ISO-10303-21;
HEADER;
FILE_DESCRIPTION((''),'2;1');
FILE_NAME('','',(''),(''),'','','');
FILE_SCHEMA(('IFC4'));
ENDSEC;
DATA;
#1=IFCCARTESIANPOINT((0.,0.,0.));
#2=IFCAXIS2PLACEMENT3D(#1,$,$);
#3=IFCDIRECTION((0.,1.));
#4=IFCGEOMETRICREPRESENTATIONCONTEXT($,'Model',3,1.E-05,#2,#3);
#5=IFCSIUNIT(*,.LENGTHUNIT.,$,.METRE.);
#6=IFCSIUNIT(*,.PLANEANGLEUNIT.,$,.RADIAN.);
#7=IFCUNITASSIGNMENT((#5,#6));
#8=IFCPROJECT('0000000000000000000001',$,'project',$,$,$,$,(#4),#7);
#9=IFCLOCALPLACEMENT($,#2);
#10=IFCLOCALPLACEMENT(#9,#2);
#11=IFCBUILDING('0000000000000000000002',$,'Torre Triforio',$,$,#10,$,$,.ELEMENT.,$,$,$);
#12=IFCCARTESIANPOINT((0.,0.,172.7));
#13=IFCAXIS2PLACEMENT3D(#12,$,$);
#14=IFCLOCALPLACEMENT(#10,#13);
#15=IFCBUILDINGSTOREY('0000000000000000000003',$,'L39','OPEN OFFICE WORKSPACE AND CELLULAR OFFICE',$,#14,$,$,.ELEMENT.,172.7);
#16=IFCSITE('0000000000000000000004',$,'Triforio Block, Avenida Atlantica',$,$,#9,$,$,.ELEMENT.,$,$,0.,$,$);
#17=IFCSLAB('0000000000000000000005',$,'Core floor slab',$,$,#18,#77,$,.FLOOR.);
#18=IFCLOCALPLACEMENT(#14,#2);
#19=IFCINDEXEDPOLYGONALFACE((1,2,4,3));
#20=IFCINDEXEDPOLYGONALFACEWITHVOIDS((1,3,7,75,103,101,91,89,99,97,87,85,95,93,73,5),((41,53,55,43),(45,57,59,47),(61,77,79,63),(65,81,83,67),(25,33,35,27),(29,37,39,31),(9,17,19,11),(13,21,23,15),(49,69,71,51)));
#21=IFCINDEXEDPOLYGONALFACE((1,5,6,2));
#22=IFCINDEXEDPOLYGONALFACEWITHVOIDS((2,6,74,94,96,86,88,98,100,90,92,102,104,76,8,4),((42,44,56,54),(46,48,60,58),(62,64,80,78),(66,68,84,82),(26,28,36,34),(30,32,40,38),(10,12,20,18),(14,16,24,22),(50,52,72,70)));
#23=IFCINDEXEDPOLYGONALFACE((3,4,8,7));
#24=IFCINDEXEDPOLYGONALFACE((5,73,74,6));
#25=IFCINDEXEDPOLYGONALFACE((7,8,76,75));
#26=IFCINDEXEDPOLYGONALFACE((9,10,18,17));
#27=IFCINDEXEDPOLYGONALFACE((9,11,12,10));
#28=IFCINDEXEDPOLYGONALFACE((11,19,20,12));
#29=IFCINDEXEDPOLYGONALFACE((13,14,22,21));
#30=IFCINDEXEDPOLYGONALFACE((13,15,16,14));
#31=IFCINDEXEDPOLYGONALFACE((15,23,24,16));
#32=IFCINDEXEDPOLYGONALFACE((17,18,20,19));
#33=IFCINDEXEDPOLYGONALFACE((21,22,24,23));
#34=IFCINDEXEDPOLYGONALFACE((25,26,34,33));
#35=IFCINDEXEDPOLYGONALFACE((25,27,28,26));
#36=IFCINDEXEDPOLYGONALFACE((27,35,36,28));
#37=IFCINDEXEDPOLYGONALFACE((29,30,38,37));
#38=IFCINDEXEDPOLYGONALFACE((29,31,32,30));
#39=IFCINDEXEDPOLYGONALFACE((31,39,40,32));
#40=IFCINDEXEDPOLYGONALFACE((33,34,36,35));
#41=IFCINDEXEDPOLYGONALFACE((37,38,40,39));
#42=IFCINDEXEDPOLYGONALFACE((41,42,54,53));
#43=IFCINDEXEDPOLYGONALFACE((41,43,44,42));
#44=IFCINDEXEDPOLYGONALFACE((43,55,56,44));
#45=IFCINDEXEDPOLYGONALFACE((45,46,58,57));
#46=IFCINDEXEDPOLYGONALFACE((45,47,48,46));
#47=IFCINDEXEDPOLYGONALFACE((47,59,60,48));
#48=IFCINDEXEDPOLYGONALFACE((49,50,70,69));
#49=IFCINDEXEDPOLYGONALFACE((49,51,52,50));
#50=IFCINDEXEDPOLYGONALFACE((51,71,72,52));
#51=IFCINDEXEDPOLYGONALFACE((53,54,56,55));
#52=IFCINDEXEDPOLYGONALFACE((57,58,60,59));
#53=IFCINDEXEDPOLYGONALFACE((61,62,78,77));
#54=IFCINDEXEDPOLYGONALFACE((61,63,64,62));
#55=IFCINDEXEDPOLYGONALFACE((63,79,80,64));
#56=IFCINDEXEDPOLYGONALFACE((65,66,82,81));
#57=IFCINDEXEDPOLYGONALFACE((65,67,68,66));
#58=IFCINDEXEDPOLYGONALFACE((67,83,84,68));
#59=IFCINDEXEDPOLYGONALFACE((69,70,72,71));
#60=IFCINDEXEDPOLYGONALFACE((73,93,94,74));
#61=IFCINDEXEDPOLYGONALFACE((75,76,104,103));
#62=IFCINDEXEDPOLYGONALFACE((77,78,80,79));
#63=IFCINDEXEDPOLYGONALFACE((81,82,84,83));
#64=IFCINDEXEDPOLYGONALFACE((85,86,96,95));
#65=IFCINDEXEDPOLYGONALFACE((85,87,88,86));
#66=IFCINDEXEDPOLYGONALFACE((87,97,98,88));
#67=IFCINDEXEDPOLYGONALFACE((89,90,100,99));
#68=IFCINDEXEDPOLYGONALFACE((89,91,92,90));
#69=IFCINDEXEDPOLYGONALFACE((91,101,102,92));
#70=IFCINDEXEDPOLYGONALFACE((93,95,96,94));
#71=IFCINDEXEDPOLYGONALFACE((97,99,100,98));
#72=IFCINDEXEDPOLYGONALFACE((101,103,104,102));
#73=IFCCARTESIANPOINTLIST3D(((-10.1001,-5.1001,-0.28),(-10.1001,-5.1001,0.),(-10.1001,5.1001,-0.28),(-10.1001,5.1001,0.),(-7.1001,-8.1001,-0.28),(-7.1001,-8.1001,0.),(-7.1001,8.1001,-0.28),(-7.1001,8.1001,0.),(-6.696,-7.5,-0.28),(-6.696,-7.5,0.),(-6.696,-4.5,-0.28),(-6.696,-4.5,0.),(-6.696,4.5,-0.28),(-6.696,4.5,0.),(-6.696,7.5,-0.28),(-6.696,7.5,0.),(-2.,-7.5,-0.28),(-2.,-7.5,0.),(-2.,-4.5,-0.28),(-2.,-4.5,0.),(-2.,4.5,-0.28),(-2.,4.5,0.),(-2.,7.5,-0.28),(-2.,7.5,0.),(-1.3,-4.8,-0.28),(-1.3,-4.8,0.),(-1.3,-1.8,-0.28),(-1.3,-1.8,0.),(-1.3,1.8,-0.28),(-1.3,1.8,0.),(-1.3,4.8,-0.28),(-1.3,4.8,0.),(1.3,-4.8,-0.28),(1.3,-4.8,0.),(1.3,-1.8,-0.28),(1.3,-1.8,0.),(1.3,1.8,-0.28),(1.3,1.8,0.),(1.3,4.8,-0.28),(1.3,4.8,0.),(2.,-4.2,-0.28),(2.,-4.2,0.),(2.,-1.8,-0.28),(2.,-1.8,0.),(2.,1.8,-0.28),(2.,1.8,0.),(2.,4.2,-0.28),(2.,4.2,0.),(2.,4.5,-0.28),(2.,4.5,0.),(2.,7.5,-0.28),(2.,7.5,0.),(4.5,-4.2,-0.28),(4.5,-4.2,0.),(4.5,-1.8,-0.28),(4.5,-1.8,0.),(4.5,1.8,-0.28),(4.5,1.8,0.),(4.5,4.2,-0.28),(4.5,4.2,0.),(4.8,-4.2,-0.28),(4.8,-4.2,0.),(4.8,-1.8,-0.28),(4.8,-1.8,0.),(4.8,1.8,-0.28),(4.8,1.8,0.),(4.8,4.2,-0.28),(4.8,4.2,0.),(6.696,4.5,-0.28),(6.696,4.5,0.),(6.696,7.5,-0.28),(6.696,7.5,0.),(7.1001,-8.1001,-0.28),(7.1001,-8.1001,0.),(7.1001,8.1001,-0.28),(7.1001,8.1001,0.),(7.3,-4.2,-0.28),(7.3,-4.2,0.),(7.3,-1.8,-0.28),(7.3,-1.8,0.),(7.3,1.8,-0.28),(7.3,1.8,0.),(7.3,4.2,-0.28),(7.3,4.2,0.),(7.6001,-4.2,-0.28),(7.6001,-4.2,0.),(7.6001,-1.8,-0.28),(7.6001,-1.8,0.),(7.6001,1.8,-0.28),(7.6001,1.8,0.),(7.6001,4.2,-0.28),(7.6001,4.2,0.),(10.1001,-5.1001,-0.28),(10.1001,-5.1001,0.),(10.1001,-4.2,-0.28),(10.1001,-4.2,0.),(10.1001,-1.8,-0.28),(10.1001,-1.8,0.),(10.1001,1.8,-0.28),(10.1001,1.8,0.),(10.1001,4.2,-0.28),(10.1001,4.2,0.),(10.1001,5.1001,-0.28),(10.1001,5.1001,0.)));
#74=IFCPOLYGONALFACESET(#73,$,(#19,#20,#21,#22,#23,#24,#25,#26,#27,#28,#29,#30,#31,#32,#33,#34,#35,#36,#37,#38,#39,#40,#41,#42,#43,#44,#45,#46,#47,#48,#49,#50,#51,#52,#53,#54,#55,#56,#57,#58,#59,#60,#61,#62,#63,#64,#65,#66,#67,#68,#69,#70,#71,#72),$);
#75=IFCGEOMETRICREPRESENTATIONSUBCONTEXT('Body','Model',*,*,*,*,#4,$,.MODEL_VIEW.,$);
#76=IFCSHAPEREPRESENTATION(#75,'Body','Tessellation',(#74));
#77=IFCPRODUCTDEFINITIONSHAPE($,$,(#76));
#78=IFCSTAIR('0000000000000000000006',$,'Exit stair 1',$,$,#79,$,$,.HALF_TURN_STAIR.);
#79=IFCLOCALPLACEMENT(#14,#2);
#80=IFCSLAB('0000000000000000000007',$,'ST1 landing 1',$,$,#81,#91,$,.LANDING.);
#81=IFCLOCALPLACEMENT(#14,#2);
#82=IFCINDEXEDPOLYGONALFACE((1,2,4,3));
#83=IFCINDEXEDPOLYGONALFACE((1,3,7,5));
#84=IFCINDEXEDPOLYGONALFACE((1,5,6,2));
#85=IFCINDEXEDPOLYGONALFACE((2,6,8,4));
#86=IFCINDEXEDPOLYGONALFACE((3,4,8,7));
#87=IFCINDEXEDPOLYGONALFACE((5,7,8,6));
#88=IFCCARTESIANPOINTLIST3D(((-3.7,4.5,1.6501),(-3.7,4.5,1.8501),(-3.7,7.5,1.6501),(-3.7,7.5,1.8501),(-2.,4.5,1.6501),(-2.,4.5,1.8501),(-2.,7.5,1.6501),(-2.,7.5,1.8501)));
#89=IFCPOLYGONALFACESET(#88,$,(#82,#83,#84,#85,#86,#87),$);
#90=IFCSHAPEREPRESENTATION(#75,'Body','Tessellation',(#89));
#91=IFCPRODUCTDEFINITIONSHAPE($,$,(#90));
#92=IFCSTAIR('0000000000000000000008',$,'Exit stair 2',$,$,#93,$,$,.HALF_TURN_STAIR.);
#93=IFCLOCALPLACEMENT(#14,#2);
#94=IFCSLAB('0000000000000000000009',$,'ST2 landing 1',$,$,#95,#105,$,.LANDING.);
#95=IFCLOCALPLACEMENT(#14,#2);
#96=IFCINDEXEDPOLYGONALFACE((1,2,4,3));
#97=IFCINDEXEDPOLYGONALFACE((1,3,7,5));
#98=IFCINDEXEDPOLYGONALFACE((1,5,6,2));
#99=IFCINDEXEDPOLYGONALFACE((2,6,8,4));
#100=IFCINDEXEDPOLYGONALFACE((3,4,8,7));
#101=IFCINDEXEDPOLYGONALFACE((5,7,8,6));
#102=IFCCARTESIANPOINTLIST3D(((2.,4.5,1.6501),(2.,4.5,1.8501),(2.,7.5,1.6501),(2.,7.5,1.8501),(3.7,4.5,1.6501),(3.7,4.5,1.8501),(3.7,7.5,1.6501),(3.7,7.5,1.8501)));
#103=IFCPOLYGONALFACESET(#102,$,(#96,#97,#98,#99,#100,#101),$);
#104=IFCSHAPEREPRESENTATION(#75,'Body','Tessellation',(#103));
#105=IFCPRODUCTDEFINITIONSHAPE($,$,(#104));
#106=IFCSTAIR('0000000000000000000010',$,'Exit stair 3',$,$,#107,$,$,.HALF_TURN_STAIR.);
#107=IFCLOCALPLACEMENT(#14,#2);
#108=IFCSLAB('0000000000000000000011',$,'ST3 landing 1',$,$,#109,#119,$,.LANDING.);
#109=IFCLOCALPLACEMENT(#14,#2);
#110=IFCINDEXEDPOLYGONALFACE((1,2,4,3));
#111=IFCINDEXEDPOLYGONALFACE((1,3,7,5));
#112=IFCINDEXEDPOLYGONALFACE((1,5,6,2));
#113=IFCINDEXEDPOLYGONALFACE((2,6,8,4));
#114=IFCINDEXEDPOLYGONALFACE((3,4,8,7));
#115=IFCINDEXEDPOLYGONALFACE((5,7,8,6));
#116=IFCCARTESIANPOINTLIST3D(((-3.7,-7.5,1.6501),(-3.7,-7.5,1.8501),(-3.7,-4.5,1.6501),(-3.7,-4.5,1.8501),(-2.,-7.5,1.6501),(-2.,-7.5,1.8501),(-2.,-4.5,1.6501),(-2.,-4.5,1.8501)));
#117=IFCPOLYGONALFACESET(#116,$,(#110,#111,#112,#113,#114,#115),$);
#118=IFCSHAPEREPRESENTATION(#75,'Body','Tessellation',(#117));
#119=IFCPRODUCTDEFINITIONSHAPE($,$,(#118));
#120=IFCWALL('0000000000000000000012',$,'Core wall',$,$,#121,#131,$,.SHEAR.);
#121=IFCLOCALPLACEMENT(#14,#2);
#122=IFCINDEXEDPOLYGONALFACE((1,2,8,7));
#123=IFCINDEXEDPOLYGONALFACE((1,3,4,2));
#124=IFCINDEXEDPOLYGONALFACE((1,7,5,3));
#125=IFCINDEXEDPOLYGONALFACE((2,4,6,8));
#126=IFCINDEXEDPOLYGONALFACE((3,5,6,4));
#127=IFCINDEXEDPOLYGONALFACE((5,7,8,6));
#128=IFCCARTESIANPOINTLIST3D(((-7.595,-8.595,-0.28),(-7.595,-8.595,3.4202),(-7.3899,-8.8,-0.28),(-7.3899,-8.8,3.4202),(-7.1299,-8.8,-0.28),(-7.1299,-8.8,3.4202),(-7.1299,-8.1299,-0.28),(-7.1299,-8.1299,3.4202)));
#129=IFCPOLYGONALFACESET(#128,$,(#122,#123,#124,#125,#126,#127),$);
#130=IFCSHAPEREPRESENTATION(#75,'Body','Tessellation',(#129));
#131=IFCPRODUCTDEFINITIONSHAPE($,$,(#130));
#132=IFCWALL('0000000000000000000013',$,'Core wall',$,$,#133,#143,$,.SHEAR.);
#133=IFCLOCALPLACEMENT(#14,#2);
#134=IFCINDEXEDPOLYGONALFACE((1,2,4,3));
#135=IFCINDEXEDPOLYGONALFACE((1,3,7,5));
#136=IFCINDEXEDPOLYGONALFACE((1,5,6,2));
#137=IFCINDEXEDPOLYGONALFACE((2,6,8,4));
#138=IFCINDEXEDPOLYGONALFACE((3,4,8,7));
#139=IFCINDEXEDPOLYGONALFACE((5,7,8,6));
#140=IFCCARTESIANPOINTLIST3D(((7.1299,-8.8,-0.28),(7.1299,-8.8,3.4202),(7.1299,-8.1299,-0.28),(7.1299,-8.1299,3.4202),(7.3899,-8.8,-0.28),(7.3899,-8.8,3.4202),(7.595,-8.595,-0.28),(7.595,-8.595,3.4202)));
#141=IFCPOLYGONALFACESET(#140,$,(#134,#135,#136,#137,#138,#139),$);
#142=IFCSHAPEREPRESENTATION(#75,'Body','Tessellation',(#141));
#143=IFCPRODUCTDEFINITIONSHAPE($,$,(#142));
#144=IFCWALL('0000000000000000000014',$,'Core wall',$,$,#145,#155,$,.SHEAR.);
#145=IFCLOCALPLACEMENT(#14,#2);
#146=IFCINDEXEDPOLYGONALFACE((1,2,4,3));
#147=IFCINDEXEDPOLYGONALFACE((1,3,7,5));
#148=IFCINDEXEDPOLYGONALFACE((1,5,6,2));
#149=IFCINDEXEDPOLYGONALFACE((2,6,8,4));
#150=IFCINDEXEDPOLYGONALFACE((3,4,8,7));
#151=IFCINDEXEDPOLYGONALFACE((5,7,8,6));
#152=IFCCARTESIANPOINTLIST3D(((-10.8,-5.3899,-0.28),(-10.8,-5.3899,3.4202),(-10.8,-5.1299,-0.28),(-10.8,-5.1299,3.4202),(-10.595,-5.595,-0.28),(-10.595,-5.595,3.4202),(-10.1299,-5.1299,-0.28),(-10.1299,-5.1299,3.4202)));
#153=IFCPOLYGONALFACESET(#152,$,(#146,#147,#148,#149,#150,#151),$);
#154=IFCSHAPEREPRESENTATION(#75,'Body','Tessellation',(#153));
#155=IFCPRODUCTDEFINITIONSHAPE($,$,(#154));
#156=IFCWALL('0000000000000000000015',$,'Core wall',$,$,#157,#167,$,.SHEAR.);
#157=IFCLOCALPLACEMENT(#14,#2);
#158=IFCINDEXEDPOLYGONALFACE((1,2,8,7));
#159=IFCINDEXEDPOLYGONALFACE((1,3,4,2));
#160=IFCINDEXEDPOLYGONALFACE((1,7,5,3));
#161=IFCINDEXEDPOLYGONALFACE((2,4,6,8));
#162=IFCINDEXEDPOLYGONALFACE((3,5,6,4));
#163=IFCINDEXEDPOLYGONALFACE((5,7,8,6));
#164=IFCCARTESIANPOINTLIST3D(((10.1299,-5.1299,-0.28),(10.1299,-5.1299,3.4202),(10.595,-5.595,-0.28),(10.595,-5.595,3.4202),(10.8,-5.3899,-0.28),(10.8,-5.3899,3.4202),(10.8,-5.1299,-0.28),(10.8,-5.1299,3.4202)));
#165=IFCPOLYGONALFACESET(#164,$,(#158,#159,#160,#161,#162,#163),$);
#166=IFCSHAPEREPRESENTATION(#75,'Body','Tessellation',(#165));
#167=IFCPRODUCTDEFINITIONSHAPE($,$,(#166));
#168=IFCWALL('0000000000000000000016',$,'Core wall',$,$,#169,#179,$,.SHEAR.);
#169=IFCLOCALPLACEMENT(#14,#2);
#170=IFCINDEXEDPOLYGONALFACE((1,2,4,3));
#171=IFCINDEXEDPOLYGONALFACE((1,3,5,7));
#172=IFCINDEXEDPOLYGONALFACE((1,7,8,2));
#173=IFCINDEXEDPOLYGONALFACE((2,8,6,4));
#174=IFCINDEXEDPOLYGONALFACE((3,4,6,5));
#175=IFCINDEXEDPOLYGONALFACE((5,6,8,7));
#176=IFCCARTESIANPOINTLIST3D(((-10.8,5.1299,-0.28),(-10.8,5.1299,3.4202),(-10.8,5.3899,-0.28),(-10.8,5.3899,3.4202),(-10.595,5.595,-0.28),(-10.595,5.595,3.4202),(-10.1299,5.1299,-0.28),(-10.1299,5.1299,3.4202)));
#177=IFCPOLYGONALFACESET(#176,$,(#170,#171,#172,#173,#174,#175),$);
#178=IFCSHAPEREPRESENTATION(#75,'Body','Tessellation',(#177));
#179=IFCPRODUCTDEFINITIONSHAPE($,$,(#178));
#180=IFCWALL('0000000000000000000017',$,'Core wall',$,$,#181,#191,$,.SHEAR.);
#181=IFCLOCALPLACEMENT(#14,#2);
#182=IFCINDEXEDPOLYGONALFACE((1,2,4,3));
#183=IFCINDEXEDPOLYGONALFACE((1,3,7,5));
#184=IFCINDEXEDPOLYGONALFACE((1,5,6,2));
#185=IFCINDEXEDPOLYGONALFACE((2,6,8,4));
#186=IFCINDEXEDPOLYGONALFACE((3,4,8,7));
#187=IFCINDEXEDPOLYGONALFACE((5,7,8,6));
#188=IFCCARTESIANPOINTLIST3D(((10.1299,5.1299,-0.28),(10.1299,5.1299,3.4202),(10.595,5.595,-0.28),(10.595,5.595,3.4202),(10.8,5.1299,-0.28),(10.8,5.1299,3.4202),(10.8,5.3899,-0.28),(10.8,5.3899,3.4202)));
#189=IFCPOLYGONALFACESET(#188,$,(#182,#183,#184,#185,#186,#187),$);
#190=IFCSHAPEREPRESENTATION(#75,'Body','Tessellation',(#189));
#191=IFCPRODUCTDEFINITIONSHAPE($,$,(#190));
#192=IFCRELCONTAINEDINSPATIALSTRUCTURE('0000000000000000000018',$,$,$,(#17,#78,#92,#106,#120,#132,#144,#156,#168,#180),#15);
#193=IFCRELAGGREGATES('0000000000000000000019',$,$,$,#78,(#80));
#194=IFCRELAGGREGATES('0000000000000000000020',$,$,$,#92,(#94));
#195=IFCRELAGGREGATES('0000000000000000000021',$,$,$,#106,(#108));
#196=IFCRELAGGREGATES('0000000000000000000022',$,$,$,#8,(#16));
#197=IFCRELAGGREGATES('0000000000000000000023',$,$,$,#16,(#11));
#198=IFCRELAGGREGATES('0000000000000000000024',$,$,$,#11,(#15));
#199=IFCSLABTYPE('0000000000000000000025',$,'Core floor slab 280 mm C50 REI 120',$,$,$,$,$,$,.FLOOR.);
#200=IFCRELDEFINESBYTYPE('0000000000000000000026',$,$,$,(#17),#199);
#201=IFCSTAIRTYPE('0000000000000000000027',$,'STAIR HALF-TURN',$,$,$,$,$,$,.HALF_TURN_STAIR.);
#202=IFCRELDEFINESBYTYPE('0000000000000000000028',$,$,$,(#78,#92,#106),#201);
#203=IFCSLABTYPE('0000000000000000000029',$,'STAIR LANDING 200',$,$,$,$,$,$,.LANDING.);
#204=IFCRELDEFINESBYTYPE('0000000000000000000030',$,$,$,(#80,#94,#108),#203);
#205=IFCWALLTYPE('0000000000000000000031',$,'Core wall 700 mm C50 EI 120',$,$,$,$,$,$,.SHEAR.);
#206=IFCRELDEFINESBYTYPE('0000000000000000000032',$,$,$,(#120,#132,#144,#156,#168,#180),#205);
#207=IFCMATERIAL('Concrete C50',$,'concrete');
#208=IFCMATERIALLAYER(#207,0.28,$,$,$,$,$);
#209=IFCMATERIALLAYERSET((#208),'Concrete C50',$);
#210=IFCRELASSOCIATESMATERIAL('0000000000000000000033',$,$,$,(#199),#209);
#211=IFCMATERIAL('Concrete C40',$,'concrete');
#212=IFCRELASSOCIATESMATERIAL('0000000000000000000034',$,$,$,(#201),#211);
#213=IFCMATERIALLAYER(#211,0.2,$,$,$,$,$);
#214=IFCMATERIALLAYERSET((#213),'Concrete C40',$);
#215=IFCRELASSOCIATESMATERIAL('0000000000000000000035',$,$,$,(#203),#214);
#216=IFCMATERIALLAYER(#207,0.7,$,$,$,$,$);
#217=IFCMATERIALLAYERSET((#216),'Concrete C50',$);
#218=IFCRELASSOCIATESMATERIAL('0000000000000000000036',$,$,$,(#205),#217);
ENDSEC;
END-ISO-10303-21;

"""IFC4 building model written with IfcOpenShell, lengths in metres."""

from ifc_helpers import new_model, si_unit, direction, frame, origin, place, context, subcontext, project, spatial, polyline, outline, extrude, material, layer, layer_set, type_object, element, aggregate, save


model = new_model("IFC4")

# Units and contexts
model_context = context("Model", 3, precision=1e-05, world=origin(), true_north=direction((0.0, 1.0)))
body_context = subcontext(model_context, "Body", "Model", "MODEL_VIEW")
ifc_project = project(units=[si_unit("LENGTHUNIT", "METRE"), si_unit("PLANEANGLEUNIT", "RADIAN")], contexts=[model_context])

# Site, building, storey
site_placement = place(None, origin())
site = spatial("IfcSite", under=ifc_project, at=site_placement, Name="Triforio Block, Avenida Atlantica", CompositionType="ELEMENT", RefElevation=0.0)
building_placement = place(site_placement, origin())
building = spatial("IfcBuilding", under=site, at=building_placement, Name="Torre Triforio", CompositionType="ELEMENT")
storey_placement = place(building_placement, frame((0.0, 0.0, 172.7)))
storey = spatial("IfcBuildingStorey", under=building, at=storey_placement, Name="L39", Description="OPEN OFFICE WORKSPACE AND CELLULAR OFFICE", CompositionType="ELEMENT", Elevation=172.7)

# Slab
ifc_material_1 = material(Name="Concrete C50", Category="concrete")
ifc_layer_1 = layer(ifc_material_1, 0.28)
ifc_layer_set_1 = layer_set([ifc_layer_1], Name="Concrete C50")
slab_type_1 = type_object("IfcSlabType", Name="Core floor slab 280 mm C50 REI 120", PredefinedType="FLOOR", material=ifc_layer_set_1)
slab_1_placement = place(storey_placement, frame((0.0, 0.0, -0.28)))
element("IfcSlab", 1, at=slab_1_placement, inside=storey, type_object=slab_type_1, Name="Core floor slab", PredefinedType="FLOOR", context=body_context, shape_type="SweptSolid", body=[
    extrude(outline(polyline([(10.1001, -5.1001), (7.1001, -8.1001), (-7.1001, -8.1001), (-10.1001, -5.1001), (-10.1001, 5.1001), (-7.1001, 8.1001), (7.1001, 8.1001), (10.1001, 5.1001), (10.1001, 4.2), (7.6001, 4.2), (7.6001, 1.8), (10.1001, 1.8), (10.1001, -1.8), (7.6001, -1.8), (7.6001, -4.2), (10.1001, -4.2), (10.1001, -5.1001)]), holes=[polyline([(-6.696, -4.5), (-6.696, -7.5), (-2.0, -7.5), (-2.0, -4.5), (-6.696, -4.5)]), polyline([(-1.3, -1.8), (-1.3, -4.8), (1.3, -4.8), (1.3, -1.8), (-1.3, -1.8)]), polyline([(2.0, -1.8), (2.0, -4.2), (4.5, -4.2), (4.5, -1.8), (2.0, -1.8)]), polyline([(4.5, 4.2), (2.0, 4.2), (2.0, 1.8), (4.5, 1.8), (4.5, 4.2)]), polyline([(1.3, 4.8), (-1.3, 4.8), (-1.3, 1.8), (1.3, 1.8), (1.3, 4.8)]), polyline([(-6.696, 7.5), (-6.696, 4.5), (-2.0, 4.5), (-2.0, 7.5), (-6.696, 7.5)]), polyline([(7.3, -1.8), (4.8, -1.8), (4.8, -4.2), (7.3, -4.2), (7.3, -1.8)]), polyline([(4.8, 4.2), (4.8, 1.8), (7.3, 1.8), (7.3, 4.2), (4.8, 4.2)]), polyline([(6.696, 7.5), (2.0, 7.5), (2.0, 4.5), (6.696, 4.5), (6.696, 7.5)])]), origin(), (0.0, 0.0, 1.0), 0.28),
])

# Stairs, slabs
ifc_material_2 = material(Name="Concrete C40", Category="concrete")
stair_type = type_object("IfcStairType", Name="STAIR HALF-TURN", PredefinedType="HALF_TURN_STAIR", material=ifc_material_2)
stair_1_placement = place(storey_placement, origin())
stair_1 = element("IfcStair", 2, at=stair_1_placement, inside=storey, type_object=stair_type, Name="Exit stair 1", PredefinedType="HALF_TURN_STAIR")
ifc_layer_2 = layer(ifc_material_2, 0.2)
ifc_layer_set_2 = layer_set([ifc_layer_2], Name="Concrete C40")
slab_type_2 = type_object("IfcSlabType", Name="STAIR LANDING 200", PredefinedType="LANDING", material=ifc_layer_set_2)
slab_2_placement = place(storey_placement, frame((0.0, 0.0, 1.6501)))
slab_2 = element("IfcSlab", 3, at=slab_2_placement, type_object=slab_type_2, Name="ST1 landing 1", PredefinedType="LANDING", context=body_context, shape_type="SweptSolid", body=[
    extrude(outline(polyline([(-2.0, 4.5), (-2.0, 7.5), (-3.7, 7.5), (-3.7, 4.5), (-2.0, 4.5)])), origin(), (0.0, 0.0, 1.0), 0.2),
])
aggregate(stair_1, [slab_2])
stair_2_placement = place(storey_placement, origin())
stair_2 = element("IfcStair", 4, at=stair_2_placement, inside=storey, type_object=stair_type, Name="Exit stair 2", PredefinedType="HALF_TURN_STAIR")
slab_3_placement = place(storey_placement, frame((0.0, 0.0, 1.6501)))
slab_3 = element("IfcSlab", 5, at=slab_3_placement, type_object=slab_type_2, Name="ST2 landing 1", PredefinedType="LANDING", context=body_context, shape_type="SweptSolid", body=[
    extrude(outline(polyline([(3.7, 4.5), (3.7, 7.5), (2.0, 7.5), (2.0, 4.5), (3.7, 4.5)])), origin(), (0.0, 0.0, 1.0), 0.2),
])
aggregate(stair_2, [slab_3])
stair_3_placement = place(storey_placement, origin())
stair_3 = element("IfcStair", 6, at=stair_3_placement, inside=storey, type_object=stair_type, Name="Exit stair 3", PredefinedType="HALF_TURN_STAIR")
slab_4_placement = place(storey_placement, frame((0.0, 0.0, 1.6501)))
slab_4 = element("IfcSlab", 7, at=slab_4_placement, type_object=slab_type_2, Name="ST3 landing 1", PredefinedType="LANDING", context=body_context, shape_type="SweptSolid", body=[
    extrude(outline(polyline([(-2.0, -7.5), (-2.0, -4.5), (-3.7, -4.5), (-3.7, -7.5), (-2.0, -7.5)])), origin(), (0.0, 0.0, 1.0), 0.2),
])
aggregate(stair_3, [slab_4])

# Walls
ifc_layer_3 = layer(ifc_material_1, 0.7)
ifc_layer_set_3 = layer_set([ifc_layer_3], Name="Concrete C50")
wall_type_1 = type_object("IfcWallType", Name="Core wall 700 mm C50 EI 120", PredefinedType="SHEAR", material=ifc_layer_set_3)
wall_1_placement = place(storey_placement, frame((0.0, 0.0, -0.28)))
element("IfcWall", 8, at=wall_1_placement, inside=storey, type_object=wall_type_1, Name="Core wall", PredefinedType="SHEAR", context=body_context, shape_type="SweptSolid", body=[
    extrude(outline(polyline([(-7.3899, -8.8), (-7.595, -8.595), (-7.595, -8.595), (-7.595, -8.595), (-7.1299, -8.1299), (-7.1299, -8.8), (-7.1299, -8.8), (-7.3899, -8.8)])), origin(), (0.0, 0.0, 1.0), 3.7002),
])
wall_2_placement = place(storey_placement, frame((0.0, 0.0, -0.28)))
element("IfcWall", 9, at=wall_2_placement, inside=storey, type_object=wall_type_1, Name="Core wall", PredefinedType="SHEAR", context=body_context, shape_type="SweptSolid", body=[
    extrude(outline(polyline([(7.3899, -8.8), (7.1299, -8.8), (7.1299, -8.8), (7.1299, -8.1299), (7.595, -8.595), (7.595, -8.595), (7.595, -8.595), (7.3899, -8.8)])), origin(), (0.0, 0.0, 1.0), 3.7002),
])
wall_3_placement = place(storey_placement, frame((0.0, 0.0, -0.28)))
element("IfcWall", 10, at=wall_3_placement, inside=storey, type_object=wall_type_1, Name="Core wall", PredefinedType="SHEAR", context=body_context, shape_type="SweptSolid", body=[
    extrude(outline(polyline([(-10.8, -5.3899), (-10.8, -5.1299), (-10.8, -5.1299), (-10.1299, -5.1299), (-10.595, -5.595), (-10.595, -5.595), (-10.595, -5.595), (-10.8, -5.3899)])), origin(), (0.0, 0.0, 1.0), 3.7002),
])
wall_4_placement = place(storey_placement, frame((0.0, 0.0, -0.28)))
element("IfcWall", 11, at=wall_4_placement, inside=storey, type_object=wall_type_1, Name="Core wall", PredefinedType="SHEAR", context=body_context, shape_type="SweptSolid", body=[
    extrude(outline(polyline([(10.8, -5.3899), (10.595, -5.595), (10.595, -5.595), (10.595, -5.595), (10.1299, -5.1299), (10.8, -5.1299), (10.8, -5.1299), (10.8, -5.3899)])), origin(), (0.0, 0.0, 1.0), 3.7002),
])
wall_5_placement = place(storey_placement, frame((0.0, 0.0, -0.28)))
element("IfcWall", 12, at=wall_5_placement, inside=storey, type_object=wall_type_1, Name="Core wall", PredefinedType="SHEAR", context=body_context, shape_type="SweptSolid", body=[
    extrude(outline(polyline([(-10.595, 5.595), (-10.595, 5.595), (-10.595, 5.595), (-10.1299, 5.1299), (-10.8, 5.1299), (-10.8, 5.1299), (-10.8, 5.3899), (-10.595, 5.595)])), origin(), (0.0, 0.0, 1.0), 3.7002),
])
wall_6_placement = place(storey_placement, frame((0.0, 0.0, -0.28)))
element("IfcWall", 13, at=wall_6_placement, inside=storey, type_object=wall_type_1, Name="Core wall", PredefinedType="SHEAR", context=body_context, shape_type="SweptSolid", body=[
    extrude(outline(polyline([(10.8, 5.3899), (10.8, 5.1299), (10.8, 5.1299), (10.1299, 5.1299), (10.595, 5.595), (10.595, 5.595), (10.595, 5.595), (10.8, 5.3899)])), origin(), (0.0, 0.0, 1.0), 3.7002),
])

save(model, "model.ifc")
